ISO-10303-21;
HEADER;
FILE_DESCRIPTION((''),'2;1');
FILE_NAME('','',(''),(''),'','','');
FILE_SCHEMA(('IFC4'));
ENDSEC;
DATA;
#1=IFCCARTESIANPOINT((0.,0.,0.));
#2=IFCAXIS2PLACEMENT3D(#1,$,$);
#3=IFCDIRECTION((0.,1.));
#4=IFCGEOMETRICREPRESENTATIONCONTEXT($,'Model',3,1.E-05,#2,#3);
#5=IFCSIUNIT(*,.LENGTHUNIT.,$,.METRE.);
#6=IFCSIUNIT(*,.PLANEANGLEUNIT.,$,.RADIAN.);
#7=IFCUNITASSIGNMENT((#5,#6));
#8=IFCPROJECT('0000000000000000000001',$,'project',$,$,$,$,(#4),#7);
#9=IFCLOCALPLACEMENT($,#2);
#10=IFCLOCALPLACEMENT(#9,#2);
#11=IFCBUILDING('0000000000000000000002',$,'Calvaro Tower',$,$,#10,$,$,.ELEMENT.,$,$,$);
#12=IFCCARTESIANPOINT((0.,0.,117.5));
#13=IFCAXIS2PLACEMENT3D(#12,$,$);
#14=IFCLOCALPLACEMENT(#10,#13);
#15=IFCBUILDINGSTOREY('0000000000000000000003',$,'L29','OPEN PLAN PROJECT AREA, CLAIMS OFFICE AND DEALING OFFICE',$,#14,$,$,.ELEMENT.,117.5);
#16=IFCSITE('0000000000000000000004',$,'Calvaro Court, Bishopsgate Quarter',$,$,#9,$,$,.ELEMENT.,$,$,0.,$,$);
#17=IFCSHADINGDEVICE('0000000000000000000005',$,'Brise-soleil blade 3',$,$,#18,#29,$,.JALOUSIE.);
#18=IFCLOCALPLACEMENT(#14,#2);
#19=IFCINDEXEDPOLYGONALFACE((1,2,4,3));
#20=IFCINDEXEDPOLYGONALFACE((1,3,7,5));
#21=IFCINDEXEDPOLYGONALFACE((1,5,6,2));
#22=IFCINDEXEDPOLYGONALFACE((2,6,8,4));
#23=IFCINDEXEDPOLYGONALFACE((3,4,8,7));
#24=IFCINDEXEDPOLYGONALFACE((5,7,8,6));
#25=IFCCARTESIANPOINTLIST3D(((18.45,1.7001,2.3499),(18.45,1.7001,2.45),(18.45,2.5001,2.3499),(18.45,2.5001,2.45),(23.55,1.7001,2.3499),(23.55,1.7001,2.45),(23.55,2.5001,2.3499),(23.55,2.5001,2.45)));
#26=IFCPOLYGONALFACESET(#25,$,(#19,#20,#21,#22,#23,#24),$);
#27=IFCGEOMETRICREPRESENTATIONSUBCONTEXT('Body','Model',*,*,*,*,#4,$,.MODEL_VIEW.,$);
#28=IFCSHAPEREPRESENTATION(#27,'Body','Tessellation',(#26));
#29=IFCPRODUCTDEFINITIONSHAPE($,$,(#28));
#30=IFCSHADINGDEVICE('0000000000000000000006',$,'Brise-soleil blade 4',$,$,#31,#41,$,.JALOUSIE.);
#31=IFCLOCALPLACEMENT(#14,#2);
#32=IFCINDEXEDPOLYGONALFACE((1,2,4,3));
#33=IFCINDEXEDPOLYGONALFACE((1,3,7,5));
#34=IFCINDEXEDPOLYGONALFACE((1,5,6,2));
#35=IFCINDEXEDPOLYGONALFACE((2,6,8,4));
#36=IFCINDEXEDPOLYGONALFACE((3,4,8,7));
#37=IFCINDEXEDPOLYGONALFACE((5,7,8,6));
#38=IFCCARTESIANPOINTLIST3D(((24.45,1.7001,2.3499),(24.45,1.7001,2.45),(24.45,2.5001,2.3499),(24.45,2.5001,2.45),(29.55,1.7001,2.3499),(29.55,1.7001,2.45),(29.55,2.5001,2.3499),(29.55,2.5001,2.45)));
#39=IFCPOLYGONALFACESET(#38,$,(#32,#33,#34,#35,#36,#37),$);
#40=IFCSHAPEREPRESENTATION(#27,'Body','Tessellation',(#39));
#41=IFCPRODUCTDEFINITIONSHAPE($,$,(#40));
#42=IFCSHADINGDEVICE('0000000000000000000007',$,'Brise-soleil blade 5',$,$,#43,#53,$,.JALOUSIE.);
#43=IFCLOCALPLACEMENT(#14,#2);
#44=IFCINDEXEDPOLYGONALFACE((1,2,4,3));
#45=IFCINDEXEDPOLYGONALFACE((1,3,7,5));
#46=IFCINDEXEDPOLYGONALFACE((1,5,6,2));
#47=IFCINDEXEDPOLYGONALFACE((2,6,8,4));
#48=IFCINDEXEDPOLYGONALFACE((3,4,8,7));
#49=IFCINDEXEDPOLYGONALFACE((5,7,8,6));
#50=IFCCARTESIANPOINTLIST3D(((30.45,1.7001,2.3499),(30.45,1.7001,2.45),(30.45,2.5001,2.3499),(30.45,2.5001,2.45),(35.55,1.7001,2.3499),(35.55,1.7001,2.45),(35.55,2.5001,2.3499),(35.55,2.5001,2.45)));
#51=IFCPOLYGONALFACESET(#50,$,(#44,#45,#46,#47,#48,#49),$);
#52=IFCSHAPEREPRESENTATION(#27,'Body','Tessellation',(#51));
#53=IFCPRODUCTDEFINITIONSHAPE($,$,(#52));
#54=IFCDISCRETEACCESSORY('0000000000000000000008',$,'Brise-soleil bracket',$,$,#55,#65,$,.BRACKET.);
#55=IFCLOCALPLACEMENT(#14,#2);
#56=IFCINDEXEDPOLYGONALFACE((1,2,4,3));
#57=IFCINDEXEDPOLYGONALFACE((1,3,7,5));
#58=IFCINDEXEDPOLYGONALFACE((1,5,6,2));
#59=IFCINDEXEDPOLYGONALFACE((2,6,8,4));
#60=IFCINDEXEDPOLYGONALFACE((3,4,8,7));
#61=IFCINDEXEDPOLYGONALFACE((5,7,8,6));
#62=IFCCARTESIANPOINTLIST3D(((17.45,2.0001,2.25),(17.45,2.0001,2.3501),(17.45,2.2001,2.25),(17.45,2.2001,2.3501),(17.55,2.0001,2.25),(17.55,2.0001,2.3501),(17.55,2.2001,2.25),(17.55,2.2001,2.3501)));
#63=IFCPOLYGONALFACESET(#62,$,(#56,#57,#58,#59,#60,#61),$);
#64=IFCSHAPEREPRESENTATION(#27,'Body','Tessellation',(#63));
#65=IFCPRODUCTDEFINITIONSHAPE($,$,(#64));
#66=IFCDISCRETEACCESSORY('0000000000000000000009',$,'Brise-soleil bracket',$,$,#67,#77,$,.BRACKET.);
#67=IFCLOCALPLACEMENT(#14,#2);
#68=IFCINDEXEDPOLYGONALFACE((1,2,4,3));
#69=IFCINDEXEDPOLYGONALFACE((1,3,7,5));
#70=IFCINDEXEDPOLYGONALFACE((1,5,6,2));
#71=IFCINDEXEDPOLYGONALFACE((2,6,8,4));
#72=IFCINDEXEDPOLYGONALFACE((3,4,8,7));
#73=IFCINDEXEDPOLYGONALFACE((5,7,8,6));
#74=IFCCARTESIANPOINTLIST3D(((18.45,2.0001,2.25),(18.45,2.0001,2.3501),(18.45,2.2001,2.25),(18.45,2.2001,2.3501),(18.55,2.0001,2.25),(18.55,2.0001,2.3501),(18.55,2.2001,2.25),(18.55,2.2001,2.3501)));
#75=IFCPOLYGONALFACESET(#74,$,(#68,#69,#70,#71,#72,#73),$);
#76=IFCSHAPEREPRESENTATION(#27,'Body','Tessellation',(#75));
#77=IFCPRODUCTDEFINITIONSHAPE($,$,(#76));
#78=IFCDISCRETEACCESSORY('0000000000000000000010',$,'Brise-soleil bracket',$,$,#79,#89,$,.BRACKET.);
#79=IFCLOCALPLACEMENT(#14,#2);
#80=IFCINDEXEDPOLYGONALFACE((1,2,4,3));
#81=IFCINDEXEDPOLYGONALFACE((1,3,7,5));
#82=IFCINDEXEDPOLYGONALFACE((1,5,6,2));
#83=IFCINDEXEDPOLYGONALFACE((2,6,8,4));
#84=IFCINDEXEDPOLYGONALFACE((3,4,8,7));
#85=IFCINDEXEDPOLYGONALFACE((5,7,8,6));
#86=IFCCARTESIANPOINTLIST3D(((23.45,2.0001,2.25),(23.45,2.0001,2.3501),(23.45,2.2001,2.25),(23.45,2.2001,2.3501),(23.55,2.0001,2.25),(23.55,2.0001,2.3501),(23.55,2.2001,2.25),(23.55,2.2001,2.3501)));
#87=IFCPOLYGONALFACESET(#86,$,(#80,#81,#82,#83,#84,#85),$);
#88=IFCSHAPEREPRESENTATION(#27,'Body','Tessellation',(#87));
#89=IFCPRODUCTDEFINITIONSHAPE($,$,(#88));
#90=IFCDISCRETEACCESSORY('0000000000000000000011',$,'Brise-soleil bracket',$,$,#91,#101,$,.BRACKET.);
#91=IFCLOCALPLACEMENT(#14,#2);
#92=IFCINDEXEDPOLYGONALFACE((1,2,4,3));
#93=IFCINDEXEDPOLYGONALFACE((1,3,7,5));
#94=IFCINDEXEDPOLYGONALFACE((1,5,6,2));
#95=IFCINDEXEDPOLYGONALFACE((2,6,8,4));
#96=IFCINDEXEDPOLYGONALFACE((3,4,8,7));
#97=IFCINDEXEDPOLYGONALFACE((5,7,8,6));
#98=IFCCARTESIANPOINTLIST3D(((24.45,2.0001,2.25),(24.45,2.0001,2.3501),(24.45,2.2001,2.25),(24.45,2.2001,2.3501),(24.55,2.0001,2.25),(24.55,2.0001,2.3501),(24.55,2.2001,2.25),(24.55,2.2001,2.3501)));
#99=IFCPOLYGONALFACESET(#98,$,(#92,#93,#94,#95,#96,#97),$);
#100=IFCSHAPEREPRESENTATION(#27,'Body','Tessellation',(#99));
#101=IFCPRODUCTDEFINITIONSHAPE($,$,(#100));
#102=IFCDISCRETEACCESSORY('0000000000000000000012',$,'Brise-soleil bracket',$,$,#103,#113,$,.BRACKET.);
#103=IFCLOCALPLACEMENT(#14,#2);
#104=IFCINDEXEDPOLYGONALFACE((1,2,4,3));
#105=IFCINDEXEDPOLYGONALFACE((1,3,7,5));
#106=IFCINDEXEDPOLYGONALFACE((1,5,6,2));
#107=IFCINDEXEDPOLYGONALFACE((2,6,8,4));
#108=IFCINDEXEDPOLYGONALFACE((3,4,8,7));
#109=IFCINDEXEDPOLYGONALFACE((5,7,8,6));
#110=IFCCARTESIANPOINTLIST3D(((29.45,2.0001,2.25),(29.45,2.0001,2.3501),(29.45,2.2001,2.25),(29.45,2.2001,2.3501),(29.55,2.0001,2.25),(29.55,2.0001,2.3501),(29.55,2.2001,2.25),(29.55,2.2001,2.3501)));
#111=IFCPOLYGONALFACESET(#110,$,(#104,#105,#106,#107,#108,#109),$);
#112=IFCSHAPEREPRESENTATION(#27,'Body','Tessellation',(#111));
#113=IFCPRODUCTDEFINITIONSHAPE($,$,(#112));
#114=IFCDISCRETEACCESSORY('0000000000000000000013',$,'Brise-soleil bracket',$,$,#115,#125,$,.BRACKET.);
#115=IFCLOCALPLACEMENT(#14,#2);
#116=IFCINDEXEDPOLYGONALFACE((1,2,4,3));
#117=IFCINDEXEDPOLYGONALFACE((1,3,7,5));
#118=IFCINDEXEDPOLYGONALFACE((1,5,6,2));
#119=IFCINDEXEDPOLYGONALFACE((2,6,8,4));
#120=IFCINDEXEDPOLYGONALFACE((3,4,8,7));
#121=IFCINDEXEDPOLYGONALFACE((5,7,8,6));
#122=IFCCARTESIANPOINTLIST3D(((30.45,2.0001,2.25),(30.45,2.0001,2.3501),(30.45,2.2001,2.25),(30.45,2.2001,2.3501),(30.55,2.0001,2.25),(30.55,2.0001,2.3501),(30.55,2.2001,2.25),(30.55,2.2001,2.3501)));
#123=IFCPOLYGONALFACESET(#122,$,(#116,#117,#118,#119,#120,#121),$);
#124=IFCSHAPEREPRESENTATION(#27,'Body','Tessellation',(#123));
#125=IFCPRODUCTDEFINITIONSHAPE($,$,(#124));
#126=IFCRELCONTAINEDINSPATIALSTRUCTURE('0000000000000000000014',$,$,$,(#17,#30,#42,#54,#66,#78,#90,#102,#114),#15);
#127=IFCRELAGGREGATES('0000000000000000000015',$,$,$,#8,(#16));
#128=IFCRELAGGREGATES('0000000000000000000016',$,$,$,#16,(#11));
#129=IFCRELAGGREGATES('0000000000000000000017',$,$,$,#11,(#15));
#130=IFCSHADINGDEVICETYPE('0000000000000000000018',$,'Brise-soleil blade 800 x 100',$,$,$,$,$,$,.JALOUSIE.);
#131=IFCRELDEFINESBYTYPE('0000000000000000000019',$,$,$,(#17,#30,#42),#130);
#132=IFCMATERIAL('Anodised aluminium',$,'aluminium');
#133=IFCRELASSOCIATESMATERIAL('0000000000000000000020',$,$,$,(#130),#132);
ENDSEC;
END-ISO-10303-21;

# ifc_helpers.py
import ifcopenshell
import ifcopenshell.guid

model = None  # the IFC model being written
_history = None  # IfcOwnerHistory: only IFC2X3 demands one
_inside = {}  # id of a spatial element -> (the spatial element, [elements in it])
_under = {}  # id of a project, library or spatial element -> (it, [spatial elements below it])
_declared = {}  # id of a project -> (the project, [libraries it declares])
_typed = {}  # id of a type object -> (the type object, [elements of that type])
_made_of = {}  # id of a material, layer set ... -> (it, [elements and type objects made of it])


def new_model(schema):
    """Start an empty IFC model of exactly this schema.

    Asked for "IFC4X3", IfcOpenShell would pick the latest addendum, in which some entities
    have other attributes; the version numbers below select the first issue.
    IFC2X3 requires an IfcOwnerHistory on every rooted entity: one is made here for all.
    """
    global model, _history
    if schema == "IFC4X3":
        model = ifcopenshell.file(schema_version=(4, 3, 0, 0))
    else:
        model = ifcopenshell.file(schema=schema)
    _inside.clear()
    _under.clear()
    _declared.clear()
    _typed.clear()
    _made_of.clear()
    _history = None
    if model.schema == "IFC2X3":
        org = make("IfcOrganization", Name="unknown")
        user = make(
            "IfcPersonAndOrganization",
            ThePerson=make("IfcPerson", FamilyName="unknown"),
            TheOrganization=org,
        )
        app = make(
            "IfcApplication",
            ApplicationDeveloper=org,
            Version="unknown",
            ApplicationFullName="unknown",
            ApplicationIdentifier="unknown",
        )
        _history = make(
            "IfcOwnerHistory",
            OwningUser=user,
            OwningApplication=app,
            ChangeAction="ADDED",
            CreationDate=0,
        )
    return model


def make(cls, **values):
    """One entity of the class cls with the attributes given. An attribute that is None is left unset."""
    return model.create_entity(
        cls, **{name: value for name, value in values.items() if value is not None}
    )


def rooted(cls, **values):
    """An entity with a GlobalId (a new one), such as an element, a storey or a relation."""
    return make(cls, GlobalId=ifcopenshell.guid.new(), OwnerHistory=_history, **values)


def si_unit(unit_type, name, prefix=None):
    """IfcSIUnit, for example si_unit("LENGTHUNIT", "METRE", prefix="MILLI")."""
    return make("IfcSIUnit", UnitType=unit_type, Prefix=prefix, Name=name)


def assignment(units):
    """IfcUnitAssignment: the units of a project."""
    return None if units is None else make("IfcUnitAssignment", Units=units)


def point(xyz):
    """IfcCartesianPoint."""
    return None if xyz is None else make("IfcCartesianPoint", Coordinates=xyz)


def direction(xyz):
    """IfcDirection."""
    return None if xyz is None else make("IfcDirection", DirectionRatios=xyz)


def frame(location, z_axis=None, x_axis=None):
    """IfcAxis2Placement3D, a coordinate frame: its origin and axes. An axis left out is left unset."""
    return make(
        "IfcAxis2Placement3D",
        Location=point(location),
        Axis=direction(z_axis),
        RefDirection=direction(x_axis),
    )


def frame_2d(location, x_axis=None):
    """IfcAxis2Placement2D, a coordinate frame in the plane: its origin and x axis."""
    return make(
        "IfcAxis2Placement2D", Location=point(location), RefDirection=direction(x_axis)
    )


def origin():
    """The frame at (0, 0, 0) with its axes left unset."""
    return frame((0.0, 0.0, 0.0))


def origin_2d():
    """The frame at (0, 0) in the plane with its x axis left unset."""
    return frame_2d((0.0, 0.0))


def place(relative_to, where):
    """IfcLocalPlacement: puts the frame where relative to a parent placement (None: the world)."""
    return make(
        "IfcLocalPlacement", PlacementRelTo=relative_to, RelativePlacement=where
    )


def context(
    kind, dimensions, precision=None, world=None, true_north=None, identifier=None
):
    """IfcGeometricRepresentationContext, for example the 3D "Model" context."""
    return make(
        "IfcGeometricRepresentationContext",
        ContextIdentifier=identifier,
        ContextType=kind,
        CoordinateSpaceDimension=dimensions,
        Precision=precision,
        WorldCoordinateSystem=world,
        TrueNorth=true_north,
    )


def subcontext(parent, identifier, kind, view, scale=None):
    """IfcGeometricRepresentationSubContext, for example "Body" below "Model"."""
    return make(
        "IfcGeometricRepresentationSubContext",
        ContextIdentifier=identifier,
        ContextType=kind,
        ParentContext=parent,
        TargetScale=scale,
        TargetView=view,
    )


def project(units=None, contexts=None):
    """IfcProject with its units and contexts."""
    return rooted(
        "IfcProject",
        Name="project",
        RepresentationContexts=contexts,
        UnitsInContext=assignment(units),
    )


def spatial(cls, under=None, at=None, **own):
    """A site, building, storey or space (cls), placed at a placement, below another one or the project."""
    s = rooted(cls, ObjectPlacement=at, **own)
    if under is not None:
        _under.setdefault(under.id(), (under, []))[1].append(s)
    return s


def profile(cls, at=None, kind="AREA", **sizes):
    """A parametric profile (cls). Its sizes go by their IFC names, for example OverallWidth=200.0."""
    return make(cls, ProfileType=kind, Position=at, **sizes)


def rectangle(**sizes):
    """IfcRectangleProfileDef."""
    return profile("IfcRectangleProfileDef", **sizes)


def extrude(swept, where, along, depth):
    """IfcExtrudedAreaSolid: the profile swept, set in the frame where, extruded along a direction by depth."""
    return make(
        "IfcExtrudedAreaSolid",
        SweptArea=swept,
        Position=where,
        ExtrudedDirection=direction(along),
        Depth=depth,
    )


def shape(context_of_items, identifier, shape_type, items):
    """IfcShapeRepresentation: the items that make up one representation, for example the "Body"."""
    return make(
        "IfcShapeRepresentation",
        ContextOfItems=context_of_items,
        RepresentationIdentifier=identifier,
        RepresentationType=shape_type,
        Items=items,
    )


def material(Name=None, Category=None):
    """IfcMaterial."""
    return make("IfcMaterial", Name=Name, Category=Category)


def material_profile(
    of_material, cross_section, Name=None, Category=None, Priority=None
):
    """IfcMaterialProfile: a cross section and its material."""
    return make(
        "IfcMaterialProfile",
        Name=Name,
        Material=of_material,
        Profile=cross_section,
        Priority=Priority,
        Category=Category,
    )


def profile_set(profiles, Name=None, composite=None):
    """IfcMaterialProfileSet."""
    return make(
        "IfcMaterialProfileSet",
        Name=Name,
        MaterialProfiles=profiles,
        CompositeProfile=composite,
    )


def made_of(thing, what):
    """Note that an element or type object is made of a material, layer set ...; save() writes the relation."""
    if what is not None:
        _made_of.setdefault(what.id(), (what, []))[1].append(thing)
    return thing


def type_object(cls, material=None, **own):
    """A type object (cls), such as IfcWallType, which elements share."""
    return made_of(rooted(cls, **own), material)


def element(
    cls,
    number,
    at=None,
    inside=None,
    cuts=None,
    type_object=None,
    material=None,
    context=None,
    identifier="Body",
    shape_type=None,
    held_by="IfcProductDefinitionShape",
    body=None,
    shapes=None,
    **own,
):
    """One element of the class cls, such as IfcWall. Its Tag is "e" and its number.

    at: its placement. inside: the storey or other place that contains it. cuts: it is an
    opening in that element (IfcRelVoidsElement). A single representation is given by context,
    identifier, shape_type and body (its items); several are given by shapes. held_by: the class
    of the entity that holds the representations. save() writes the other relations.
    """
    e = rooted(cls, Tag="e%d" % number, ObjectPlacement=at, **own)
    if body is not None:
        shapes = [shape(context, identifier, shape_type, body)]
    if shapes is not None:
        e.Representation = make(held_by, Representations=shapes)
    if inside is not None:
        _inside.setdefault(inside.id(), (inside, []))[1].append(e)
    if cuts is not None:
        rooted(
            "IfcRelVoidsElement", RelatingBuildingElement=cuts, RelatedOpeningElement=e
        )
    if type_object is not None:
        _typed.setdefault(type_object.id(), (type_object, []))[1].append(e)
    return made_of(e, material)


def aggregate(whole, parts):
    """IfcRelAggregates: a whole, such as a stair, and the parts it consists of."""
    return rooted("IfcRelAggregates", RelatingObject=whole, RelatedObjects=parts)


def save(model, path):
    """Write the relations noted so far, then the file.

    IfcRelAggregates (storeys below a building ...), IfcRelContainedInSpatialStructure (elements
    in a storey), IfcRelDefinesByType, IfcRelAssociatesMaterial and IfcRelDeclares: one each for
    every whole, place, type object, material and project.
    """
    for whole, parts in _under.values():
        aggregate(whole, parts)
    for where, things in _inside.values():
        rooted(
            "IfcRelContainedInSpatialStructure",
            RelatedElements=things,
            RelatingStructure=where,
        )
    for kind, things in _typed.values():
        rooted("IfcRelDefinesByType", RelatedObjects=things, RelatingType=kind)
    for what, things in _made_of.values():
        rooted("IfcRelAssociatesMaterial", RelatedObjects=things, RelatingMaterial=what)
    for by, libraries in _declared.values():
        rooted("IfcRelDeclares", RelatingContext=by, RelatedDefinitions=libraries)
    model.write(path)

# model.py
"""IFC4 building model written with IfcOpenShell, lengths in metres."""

from ifc_helpers import new_model, si_unit, direction, frame, origin, origin_2d, place, context, subcontext, project, spatial, rectangle, extrude, material, material_profile, profile_set, type_object, element, save


model = new_model("IFC4")

# Units and contexts
model_context = context("Model", 3, precision=1e-05, world=origin(), true_north=direction((0.0, 1.0)))
body_context = subcontext(model_context, "Body", "Model", "MODEL_VIEW")
ifc_project = project(units=[si_unit("LENGTHUNIT", "METRE"), si_unit("PLANEANGLEUNIT", "RADIAN")], contexts=[model_context])

# Site, building, storey
site_placement = place(None, origin())
site = spatial("IfcSite", under=ifc_project, at=site_placement, Name="Calvaro Court, Bishopsgate Quarter", CompositionType="ELEMENT", RefElevation=0.0)
building_placement = place(site_placement, origin())
building = spatial("IfcBuilding", under=site, at=building_placement, Name="Calvaro Tower", CompositionType="ELEMENT")
storey_placement = place(building_placement, frame((0.0, 0.0, 117.5)))
storey = spatial("IfcBuildingStorey", under=building, at=storey_placement, Name="L29", Description="OPEN PLAN PROJECT AREA, CLAIMS OFFICE AND DEALING OFFICE", CompositionType="ELEMENT", Elevation=117.5)

# Shading devices
ifc_material_1 = material(Name="Anodised aluminium", Category="aluminium")
ifc_material_profile_1 = material_profile(ifc_material_1, rectangle(XDim=0.8, YDim=0.1001, at=origin_2d()), Name="Brise-soleil blade 800 x 100")
ifc_profile_set_1 = profile_set([ifc_material_profile_1], Name="Anodised aluminium")
shading_device_type = type_object("IfcShadingDeviceType", Name="Brise-soleil blade 800 x 100", PredefinedType="JALOUSIE", material=ifc_profile_set_1)
for number, where, z_axis, x_axis, name in (
    (1, (18.45, 2.1001, 2.3999), (1.0, 0.0, 0.0), (0.0, 1.0, 0.0), "Brise-soleil blade 3"),
    (2, (24.45, 2.1001, 2.3999), (1.0, 0.0, 0.0), (0.0, 1.0, 0.0), "Brise-soleil blade 4"),
    (3, (30.45, 2.1001, 2.3999), (1.0, 0.0, 0.0), (0.0, 1.0, 0.0), "Brise-soleil blade 5"),
):
    element("IfcShadingDevice", number, at=place(storey_placement, frame(where, z_axis=z_axis, x_axis=x_axis)), inside=storey, type_object=shading_device_type, Name=name, PredefinedType="JALOUSIE", context=body_context, shape_type="SweptSolid", body=[
        extrude(rectangle(XDim=0.8, YDim=0.1001, at=origin_2d()), origin(), (0.0, 0.0, 1.0), 5.1001),
    ])

# Discrete accessories
for number, where, z_axis, x_axis, name in (
    (4, (17.5, 2.1001, 2.25), (0.0, 0.0, 1.0), (1.0, 0.0, 0.0), "Brise-soleil bracket"),
    (5, (18.5, 2.1001, 2.25), (0.0, 0.0, 1.0), (1.0, 0.0, 0.0), "Brise-soleil bracket"),
    (6, (23.5, 2.1001, 2.25), (0.0, 0.0, 1.0), (1.0, 0.0, 0.0), "Brise-soleil bracket"),
    (7, (24.5, 2.1001, 2.25), (0.0, 0.0, 1.0), (1.0, 0.0, 0.0), "Brise-soleil bracket"),
    (8, (29.5, 2.1001, 2.25), (0.0, 0.0, 1.0), (1.0, 0.0, 0.0), "Brise-soleil bracket"),
    (9, (30.5, 2.1001, 2.25), (0.0, 0.0, 1.0), (1.0, 0.0, 0.0), "Brise-soleil bracket"),
):
    element("IfcDiscreteAccessory", number, at=place(storey_placement, frame(where, z_axis=z_axis, x_axis=x_axis)), inside=storey, Name=name, PredefinedType="BRACKET", context=body_context, shape_type="SweptSolid", body=[
        extrude(rectangle(XDim=0.1001, YDim=0.2, at=origin_2d()), origin(), (0.0, 0.0, 1.0), 0.1001),
    ])

save(model, "model.ifc")
